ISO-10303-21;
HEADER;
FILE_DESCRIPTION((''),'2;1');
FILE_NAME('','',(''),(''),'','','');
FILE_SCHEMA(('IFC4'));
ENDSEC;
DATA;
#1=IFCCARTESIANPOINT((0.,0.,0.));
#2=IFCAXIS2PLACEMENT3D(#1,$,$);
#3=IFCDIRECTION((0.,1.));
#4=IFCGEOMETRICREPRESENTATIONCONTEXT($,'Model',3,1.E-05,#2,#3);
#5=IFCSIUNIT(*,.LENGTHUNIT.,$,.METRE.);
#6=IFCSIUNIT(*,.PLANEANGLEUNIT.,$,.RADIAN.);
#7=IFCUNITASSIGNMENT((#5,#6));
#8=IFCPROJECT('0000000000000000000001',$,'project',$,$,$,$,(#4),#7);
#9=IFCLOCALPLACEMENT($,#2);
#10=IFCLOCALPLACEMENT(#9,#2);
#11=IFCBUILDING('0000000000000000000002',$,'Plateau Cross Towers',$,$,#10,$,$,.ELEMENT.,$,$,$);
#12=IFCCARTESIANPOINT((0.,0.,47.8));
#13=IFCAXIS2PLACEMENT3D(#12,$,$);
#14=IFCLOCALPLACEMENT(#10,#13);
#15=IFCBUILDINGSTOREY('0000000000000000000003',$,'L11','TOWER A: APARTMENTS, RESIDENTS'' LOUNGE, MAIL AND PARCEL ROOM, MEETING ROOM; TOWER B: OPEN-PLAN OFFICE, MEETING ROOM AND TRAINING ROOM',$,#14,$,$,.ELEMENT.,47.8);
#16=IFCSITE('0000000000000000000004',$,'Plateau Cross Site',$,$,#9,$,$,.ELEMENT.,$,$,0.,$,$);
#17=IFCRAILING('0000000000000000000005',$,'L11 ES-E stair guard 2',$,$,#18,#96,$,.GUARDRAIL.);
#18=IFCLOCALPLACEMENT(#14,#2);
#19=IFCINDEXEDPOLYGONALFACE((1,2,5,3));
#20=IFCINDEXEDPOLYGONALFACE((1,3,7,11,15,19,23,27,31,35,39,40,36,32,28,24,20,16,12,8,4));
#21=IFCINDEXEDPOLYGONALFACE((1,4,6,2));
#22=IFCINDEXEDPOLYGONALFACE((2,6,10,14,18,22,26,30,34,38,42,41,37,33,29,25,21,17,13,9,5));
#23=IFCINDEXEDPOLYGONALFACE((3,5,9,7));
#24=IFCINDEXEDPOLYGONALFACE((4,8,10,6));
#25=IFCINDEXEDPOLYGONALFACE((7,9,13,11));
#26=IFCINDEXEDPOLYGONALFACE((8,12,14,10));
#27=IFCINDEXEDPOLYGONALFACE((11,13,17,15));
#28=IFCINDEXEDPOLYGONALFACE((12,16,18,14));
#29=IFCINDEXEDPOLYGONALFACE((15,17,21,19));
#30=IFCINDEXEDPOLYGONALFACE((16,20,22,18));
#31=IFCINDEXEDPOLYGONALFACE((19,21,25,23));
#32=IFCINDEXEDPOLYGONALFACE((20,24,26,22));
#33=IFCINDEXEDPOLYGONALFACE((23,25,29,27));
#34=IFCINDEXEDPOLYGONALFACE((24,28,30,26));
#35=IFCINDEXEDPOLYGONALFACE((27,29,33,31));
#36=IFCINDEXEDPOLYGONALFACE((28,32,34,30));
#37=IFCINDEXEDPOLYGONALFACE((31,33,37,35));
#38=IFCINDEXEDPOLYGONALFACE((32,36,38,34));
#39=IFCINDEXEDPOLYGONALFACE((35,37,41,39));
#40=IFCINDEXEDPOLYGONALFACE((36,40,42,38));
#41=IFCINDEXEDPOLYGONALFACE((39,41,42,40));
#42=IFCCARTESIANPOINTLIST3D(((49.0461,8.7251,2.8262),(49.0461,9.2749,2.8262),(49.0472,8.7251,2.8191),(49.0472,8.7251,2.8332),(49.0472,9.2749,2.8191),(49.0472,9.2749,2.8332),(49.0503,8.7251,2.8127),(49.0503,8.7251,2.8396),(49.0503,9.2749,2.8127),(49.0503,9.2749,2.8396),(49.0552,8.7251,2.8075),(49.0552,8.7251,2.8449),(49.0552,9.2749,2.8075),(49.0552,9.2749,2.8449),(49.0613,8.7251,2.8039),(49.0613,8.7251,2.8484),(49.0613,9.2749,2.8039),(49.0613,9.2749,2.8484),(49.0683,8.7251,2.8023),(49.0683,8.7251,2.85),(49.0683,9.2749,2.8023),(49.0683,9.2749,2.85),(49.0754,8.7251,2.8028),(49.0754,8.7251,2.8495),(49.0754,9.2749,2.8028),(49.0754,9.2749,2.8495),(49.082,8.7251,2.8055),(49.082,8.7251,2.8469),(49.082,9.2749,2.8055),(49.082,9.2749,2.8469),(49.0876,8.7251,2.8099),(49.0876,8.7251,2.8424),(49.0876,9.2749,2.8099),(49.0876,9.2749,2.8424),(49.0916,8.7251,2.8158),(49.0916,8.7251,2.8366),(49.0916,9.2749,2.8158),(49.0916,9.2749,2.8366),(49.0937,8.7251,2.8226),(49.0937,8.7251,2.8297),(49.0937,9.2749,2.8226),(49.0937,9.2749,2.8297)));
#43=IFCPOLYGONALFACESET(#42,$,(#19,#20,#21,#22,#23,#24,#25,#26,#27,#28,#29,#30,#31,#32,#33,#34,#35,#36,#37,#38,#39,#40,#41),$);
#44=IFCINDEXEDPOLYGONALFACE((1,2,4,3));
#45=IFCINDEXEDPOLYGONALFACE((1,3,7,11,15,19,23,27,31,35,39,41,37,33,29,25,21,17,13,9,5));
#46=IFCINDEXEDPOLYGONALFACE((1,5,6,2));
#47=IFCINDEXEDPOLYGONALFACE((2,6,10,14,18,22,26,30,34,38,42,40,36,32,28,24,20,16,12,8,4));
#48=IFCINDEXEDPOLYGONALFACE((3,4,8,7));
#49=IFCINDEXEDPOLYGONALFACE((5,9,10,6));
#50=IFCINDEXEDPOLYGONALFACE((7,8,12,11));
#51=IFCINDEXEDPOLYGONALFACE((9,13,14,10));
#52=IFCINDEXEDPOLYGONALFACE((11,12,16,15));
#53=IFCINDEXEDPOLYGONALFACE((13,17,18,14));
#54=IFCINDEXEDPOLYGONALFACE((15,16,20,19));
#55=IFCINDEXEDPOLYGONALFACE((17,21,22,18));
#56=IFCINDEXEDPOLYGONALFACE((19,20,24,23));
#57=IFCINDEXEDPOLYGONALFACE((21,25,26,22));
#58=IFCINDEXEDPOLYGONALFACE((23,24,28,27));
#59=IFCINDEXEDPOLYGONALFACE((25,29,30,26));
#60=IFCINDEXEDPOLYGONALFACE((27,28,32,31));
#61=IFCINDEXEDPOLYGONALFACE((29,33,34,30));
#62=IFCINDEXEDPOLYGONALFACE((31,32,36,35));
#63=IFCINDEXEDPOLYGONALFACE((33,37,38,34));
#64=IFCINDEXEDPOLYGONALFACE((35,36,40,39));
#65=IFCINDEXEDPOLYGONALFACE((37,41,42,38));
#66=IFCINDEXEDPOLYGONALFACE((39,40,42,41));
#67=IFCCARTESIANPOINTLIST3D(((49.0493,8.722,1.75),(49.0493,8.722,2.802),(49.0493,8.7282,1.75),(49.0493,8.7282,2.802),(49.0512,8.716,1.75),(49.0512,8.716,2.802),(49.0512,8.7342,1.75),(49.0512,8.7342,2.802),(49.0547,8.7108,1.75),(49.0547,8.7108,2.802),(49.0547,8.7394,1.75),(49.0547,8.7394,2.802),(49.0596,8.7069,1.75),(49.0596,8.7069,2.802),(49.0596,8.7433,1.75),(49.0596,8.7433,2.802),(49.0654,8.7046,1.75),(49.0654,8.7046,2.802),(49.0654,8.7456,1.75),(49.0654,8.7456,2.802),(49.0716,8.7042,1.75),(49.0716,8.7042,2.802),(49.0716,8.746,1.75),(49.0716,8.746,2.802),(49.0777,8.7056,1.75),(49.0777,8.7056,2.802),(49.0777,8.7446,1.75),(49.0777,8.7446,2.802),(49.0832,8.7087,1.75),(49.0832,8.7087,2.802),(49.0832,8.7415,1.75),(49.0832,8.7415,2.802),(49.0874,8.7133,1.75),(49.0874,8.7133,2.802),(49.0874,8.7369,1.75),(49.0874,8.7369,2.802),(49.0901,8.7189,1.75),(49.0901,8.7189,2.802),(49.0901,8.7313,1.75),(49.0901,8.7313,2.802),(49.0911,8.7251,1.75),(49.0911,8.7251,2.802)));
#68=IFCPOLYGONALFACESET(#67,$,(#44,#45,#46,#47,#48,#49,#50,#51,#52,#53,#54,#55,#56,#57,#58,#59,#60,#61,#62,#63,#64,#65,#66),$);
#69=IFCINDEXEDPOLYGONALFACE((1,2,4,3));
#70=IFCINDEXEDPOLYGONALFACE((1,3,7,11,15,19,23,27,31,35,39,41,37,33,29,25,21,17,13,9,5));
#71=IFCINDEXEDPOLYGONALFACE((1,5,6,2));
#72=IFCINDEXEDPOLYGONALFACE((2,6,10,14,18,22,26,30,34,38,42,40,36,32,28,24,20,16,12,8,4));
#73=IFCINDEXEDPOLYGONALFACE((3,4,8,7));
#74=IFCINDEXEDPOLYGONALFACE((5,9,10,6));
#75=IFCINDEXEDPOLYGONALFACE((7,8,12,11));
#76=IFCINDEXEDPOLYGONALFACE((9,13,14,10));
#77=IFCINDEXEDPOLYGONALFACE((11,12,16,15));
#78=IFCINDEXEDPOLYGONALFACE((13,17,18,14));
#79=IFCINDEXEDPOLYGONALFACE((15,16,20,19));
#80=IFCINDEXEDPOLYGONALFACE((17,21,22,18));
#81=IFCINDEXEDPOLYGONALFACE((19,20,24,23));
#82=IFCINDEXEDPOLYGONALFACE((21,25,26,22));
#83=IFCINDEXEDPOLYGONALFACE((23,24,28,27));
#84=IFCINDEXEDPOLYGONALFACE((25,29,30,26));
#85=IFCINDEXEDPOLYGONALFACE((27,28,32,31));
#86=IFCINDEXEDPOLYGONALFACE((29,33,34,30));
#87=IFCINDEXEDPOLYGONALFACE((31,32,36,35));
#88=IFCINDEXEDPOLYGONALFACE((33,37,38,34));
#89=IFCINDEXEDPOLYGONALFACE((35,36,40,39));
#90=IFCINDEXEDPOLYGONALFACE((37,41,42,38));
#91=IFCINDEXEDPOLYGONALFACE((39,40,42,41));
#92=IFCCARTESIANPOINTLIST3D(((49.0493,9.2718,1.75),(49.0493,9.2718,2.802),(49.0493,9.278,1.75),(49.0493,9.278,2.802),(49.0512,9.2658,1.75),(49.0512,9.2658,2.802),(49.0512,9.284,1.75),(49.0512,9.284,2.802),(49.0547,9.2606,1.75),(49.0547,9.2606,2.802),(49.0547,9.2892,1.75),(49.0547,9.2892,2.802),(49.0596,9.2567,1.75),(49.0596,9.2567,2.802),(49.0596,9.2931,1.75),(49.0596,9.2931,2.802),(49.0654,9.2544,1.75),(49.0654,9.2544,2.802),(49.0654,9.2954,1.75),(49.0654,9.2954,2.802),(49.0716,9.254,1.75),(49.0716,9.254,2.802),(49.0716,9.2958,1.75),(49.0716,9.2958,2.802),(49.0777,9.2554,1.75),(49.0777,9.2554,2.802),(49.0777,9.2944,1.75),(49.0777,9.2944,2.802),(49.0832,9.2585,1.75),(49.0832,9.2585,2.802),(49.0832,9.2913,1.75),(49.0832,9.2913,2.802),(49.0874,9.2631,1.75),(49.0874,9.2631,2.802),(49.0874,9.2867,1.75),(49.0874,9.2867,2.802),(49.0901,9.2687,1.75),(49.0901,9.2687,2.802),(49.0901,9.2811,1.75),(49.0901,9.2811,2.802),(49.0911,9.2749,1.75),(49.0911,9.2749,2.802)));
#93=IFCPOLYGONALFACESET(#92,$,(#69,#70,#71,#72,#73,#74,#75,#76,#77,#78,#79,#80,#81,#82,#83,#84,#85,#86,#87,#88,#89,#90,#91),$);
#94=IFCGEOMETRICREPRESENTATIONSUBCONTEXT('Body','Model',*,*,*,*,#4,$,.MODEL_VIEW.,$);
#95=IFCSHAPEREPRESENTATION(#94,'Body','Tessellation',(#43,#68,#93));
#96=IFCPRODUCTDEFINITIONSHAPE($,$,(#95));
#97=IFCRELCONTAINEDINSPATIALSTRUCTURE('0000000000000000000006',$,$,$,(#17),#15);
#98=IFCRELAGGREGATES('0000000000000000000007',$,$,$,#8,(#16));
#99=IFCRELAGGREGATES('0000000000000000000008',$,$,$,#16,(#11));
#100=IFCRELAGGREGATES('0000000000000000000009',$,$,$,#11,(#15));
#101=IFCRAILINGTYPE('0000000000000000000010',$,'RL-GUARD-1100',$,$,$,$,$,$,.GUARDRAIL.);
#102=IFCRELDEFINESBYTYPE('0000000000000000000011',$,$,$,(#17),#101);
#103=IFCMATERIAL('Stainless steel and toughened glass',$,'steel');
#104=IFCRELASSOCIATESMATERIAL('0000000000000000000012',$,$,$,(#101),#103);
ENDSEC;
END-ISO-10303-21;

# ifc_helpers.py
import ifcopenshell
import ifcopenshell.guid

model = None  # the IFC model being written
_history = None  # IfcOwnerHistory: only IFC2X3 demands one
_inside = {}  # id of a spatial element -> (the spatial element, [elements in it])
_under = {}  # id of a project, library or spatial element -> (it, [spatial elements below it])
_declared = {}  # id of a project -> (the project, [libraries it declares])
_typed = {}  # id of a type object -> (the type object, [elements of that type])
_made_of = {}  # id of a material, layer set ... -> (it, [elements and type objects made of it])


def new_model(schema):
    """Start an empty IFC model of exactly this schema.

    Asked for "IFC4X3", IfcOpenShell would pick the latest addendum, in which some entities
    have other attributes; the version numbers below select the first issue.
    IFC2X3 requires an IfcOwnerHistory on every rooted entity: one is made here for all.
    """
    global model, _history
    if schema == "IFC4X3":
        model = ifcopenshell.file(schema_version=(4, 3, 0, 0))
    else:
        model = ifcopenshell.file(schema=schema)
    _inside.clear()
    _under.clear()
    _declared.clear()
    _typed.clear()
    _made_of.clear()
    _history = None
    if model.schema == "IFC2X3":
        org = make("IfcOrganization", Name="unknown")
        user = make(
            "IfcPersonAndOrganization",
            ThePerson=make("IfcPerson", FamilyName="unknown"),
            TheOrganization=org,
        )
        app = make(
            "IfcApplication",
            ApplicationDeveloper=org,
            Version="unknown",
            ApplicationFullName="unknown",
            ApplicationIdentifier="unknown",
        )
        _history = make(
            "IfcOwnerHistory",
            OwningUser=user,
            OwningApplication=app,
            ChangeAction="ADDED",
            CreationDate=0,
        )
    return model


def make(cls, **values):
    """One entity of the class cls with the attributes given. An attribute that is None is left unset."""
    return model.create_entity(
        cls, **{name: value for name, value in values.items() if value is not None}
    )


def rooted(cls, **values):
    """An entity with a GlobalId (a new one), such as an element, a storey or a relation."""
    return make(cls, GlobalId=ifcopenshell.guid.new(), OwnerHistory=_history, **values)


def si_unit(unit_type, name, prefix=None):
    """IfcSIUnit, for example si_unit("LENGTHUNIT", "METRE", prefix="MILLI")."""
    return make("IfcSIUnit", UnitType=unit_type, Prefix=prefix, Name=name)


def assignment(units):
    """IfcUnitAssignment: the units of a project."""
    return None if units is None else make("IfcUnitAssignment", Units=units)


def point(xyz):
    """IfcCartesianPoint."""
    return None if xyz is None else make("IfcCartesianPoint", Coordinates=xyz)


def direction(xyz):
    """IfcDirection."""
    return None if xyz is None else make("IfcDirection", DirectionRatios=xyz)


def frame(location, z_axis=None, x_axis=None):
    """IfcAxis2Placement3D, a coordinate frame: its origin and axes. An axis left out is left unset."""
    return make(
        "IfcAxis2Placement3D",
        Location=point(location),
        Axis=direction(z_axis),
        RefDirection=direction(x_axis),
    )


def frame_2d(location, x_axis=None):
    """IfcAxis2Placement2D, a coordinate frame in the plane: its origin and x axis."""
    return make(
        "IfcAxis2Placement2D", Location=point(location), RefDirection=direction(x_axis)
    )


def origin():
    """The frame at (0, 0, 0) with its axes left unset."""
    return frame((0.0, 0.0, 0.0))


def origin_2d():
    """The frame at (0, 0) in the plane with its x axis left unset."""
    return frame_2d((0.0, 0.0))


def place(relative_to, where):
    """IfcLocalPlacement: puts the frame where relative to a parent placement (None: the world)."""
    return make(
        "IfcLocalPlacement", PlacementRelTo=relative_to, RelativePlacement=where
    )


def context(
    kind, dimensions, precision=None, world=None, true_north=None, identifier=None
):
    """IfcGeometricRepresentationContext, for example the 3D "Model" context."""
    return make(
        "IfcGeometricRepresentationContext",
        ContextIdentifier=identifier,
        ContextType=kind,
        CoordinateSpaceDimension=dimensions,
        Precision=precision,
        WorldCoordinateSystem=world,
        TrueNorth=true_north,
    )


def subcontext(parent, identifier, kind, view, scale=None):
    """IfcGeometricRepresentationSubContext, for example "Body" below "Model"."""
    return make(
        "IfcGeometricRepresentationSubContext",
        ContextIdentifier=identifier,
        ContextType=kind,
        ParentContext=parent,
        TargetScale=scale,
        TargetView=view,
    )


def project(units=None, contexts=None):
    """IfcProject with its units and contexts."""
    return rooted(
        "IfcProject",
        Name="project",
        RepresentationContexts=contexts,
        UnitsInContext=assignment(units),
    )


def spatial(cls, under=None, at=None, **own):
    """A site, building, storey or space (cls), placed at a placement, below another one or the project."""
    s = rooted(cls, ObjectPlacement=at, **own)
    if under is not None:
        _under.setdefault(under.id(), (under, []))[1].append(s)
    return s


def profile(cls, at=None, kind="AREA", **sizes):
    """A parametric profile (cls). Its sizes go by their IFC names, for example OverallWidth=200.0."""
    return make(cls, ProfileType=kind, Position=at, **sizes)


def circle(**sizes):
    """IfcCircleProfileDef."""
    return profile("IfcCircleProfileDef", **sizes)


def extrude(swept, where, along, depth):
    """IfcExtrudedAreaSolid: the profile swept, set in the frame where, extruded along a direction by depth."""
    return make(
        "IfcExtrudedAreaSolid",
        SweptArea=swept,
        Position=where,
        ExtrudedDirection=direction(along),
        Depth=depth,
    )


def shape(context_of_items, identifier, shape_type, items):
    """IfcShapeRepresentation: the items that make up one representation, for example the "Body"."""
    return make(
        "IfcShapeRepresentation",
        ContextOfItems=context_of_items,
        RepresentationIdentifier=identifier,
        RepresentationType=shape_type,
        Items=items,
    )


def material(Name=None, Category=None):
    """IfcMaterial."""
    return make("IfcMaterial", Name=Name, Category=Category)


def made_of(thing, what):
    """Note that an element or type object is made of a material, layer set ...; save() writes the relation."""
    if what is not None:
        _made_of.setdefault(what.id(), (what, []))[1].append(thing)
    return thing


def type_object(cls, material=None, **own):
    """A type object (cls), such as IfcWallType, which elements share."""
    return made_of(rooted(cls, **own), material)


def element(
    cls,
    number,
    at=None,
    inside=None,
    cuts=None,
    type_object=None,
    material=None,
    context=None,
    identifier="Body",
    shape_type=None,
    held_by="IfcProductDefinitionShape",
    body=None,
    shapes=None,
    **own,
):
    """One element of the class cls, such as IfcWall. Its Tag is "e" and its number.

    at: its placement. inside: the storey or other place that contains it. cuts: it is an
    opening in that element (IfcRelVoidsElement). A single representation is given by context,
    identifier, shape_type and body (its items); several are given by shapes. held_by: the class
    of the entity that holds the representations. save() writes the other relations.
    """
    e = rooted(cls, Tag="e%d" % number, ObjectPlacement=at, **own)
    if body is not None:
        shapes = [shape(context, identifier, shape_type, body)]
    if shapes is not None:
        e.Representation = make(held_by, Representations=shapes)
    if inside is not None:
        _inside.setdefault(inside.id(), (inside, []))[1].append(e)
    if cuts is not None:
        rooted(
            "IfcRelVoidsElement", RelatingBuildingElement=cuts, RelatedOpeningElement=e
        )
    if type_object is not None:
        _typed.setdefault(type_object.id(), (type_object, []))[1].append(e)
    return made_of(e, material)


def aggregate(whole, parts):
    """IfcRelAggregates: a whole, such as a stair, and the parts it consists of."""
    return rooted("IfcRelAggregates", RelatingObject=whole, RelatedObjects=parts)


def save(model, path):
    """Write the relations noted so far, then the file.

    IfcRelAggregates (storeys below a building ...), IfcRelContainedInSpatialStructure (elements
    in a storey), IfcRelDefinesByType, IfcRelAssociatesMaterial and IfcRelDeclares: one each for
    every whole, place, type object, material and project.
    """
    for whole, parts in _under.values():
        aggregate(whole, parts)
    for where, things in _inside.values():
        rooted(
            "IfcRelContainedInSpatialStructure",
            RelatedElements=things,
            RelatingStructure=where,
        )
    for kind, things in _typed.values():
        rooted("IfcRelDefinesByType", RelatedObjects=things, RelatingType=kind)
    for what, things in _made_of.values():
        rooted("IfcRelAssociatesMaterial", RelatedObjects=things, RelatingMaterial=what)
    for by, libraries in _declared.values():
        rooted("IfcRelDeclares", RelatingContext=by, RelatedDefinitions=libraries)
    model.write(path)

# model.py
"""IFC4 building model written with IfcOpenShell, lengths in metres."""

from ifc_helpers import new_model, si_unit, direction, frame, origin, origin_2d, place, context, subcontext, project, spatial, circle, extrude, material, type_object, element, save


model = new_model("IFC4")

# Units and contexts
model_context = context("Model", 3, precision=1e-05, world=origin(), true_north=direction((0.0, 1.0)))
body_context = subcontext(model_context, "Body", "Model", "MODEL_VIEW")
ifc_project = project(units=[si_unit("LENGTHUNIT", "METRE"), si_unit("PLANEANGLEUNIT", "RADIAN")], contexts=[model_context])

# Site, building, storey
site_placement = place(None, origin())
site = spatial("IfcSite", under=ifc_project, at=site_placement, Name="Plateau Cross Site", CompositionType="ELEMENT", RefElevation=0.0)
building_placement = place(site_placement, origin())
building = spatial("IfcBuilding", under=site, at=building_placement, Name="Plateau Cross Towers", CompositionType="ELEMENT")
storey_placement = place(building_placement, frame((0.0, 0.0, 47.8)))
storey = spatial("IfcBuildingStorey", under=building, at=storey_placement, Name="L11", Description="TOWER A: APARTMENTS, RESIDENTS' LOUNGE, MAIL AND PARCEL ROOM, MEETING ROOM; TOWER B: OPEN-PLAN OFFICE, MEETING ROOM AND TRAINING ROOM", CompositionType="ELEMENT", Elevation=47.8)

# Railing
ifc_material_1 = material(Name="Stainless steel and toughened glass", Category="steel")
railing_type_1 = type_object("IfcRailingType", Name="RL-GUARD-1100", PredefinedType="GUARDRAIL", material=ifc_material_1)
railing_1_placement = place(storey_placement, frame((49.0701, 8.7251, 1.75)))
element("IfcRailing", 1, at=railing_1_placement, inside=storey, type_object=railing_type_1, Name="L11 ES-E stair guard 2", PredefinedType="GUARDRAIL", context=body_context, shape_type="SweptSolid", body=[
    extrude(circle(Radius=0.0239, at=origin_2d()), frame((0.0, 0.0, 1.0762), z_axis=(0.0, 1.0, 0.0), x_axis=(-1.0, 0.0, 0.0)), (0.0, 0.0, 1.0), 0.5498),
    extrude(circle(Radius=0.021, at=origin_2d()), origin(), (0.0, 0.0, 1.0), 1.052),
    extrude(circle(Radius=0.021, at=origin_2d()), frame((0.0, 0.5498, 0.0)), (0.0, 0.0, 1.0), 1.052),
])

save(model, "model.ifc")
